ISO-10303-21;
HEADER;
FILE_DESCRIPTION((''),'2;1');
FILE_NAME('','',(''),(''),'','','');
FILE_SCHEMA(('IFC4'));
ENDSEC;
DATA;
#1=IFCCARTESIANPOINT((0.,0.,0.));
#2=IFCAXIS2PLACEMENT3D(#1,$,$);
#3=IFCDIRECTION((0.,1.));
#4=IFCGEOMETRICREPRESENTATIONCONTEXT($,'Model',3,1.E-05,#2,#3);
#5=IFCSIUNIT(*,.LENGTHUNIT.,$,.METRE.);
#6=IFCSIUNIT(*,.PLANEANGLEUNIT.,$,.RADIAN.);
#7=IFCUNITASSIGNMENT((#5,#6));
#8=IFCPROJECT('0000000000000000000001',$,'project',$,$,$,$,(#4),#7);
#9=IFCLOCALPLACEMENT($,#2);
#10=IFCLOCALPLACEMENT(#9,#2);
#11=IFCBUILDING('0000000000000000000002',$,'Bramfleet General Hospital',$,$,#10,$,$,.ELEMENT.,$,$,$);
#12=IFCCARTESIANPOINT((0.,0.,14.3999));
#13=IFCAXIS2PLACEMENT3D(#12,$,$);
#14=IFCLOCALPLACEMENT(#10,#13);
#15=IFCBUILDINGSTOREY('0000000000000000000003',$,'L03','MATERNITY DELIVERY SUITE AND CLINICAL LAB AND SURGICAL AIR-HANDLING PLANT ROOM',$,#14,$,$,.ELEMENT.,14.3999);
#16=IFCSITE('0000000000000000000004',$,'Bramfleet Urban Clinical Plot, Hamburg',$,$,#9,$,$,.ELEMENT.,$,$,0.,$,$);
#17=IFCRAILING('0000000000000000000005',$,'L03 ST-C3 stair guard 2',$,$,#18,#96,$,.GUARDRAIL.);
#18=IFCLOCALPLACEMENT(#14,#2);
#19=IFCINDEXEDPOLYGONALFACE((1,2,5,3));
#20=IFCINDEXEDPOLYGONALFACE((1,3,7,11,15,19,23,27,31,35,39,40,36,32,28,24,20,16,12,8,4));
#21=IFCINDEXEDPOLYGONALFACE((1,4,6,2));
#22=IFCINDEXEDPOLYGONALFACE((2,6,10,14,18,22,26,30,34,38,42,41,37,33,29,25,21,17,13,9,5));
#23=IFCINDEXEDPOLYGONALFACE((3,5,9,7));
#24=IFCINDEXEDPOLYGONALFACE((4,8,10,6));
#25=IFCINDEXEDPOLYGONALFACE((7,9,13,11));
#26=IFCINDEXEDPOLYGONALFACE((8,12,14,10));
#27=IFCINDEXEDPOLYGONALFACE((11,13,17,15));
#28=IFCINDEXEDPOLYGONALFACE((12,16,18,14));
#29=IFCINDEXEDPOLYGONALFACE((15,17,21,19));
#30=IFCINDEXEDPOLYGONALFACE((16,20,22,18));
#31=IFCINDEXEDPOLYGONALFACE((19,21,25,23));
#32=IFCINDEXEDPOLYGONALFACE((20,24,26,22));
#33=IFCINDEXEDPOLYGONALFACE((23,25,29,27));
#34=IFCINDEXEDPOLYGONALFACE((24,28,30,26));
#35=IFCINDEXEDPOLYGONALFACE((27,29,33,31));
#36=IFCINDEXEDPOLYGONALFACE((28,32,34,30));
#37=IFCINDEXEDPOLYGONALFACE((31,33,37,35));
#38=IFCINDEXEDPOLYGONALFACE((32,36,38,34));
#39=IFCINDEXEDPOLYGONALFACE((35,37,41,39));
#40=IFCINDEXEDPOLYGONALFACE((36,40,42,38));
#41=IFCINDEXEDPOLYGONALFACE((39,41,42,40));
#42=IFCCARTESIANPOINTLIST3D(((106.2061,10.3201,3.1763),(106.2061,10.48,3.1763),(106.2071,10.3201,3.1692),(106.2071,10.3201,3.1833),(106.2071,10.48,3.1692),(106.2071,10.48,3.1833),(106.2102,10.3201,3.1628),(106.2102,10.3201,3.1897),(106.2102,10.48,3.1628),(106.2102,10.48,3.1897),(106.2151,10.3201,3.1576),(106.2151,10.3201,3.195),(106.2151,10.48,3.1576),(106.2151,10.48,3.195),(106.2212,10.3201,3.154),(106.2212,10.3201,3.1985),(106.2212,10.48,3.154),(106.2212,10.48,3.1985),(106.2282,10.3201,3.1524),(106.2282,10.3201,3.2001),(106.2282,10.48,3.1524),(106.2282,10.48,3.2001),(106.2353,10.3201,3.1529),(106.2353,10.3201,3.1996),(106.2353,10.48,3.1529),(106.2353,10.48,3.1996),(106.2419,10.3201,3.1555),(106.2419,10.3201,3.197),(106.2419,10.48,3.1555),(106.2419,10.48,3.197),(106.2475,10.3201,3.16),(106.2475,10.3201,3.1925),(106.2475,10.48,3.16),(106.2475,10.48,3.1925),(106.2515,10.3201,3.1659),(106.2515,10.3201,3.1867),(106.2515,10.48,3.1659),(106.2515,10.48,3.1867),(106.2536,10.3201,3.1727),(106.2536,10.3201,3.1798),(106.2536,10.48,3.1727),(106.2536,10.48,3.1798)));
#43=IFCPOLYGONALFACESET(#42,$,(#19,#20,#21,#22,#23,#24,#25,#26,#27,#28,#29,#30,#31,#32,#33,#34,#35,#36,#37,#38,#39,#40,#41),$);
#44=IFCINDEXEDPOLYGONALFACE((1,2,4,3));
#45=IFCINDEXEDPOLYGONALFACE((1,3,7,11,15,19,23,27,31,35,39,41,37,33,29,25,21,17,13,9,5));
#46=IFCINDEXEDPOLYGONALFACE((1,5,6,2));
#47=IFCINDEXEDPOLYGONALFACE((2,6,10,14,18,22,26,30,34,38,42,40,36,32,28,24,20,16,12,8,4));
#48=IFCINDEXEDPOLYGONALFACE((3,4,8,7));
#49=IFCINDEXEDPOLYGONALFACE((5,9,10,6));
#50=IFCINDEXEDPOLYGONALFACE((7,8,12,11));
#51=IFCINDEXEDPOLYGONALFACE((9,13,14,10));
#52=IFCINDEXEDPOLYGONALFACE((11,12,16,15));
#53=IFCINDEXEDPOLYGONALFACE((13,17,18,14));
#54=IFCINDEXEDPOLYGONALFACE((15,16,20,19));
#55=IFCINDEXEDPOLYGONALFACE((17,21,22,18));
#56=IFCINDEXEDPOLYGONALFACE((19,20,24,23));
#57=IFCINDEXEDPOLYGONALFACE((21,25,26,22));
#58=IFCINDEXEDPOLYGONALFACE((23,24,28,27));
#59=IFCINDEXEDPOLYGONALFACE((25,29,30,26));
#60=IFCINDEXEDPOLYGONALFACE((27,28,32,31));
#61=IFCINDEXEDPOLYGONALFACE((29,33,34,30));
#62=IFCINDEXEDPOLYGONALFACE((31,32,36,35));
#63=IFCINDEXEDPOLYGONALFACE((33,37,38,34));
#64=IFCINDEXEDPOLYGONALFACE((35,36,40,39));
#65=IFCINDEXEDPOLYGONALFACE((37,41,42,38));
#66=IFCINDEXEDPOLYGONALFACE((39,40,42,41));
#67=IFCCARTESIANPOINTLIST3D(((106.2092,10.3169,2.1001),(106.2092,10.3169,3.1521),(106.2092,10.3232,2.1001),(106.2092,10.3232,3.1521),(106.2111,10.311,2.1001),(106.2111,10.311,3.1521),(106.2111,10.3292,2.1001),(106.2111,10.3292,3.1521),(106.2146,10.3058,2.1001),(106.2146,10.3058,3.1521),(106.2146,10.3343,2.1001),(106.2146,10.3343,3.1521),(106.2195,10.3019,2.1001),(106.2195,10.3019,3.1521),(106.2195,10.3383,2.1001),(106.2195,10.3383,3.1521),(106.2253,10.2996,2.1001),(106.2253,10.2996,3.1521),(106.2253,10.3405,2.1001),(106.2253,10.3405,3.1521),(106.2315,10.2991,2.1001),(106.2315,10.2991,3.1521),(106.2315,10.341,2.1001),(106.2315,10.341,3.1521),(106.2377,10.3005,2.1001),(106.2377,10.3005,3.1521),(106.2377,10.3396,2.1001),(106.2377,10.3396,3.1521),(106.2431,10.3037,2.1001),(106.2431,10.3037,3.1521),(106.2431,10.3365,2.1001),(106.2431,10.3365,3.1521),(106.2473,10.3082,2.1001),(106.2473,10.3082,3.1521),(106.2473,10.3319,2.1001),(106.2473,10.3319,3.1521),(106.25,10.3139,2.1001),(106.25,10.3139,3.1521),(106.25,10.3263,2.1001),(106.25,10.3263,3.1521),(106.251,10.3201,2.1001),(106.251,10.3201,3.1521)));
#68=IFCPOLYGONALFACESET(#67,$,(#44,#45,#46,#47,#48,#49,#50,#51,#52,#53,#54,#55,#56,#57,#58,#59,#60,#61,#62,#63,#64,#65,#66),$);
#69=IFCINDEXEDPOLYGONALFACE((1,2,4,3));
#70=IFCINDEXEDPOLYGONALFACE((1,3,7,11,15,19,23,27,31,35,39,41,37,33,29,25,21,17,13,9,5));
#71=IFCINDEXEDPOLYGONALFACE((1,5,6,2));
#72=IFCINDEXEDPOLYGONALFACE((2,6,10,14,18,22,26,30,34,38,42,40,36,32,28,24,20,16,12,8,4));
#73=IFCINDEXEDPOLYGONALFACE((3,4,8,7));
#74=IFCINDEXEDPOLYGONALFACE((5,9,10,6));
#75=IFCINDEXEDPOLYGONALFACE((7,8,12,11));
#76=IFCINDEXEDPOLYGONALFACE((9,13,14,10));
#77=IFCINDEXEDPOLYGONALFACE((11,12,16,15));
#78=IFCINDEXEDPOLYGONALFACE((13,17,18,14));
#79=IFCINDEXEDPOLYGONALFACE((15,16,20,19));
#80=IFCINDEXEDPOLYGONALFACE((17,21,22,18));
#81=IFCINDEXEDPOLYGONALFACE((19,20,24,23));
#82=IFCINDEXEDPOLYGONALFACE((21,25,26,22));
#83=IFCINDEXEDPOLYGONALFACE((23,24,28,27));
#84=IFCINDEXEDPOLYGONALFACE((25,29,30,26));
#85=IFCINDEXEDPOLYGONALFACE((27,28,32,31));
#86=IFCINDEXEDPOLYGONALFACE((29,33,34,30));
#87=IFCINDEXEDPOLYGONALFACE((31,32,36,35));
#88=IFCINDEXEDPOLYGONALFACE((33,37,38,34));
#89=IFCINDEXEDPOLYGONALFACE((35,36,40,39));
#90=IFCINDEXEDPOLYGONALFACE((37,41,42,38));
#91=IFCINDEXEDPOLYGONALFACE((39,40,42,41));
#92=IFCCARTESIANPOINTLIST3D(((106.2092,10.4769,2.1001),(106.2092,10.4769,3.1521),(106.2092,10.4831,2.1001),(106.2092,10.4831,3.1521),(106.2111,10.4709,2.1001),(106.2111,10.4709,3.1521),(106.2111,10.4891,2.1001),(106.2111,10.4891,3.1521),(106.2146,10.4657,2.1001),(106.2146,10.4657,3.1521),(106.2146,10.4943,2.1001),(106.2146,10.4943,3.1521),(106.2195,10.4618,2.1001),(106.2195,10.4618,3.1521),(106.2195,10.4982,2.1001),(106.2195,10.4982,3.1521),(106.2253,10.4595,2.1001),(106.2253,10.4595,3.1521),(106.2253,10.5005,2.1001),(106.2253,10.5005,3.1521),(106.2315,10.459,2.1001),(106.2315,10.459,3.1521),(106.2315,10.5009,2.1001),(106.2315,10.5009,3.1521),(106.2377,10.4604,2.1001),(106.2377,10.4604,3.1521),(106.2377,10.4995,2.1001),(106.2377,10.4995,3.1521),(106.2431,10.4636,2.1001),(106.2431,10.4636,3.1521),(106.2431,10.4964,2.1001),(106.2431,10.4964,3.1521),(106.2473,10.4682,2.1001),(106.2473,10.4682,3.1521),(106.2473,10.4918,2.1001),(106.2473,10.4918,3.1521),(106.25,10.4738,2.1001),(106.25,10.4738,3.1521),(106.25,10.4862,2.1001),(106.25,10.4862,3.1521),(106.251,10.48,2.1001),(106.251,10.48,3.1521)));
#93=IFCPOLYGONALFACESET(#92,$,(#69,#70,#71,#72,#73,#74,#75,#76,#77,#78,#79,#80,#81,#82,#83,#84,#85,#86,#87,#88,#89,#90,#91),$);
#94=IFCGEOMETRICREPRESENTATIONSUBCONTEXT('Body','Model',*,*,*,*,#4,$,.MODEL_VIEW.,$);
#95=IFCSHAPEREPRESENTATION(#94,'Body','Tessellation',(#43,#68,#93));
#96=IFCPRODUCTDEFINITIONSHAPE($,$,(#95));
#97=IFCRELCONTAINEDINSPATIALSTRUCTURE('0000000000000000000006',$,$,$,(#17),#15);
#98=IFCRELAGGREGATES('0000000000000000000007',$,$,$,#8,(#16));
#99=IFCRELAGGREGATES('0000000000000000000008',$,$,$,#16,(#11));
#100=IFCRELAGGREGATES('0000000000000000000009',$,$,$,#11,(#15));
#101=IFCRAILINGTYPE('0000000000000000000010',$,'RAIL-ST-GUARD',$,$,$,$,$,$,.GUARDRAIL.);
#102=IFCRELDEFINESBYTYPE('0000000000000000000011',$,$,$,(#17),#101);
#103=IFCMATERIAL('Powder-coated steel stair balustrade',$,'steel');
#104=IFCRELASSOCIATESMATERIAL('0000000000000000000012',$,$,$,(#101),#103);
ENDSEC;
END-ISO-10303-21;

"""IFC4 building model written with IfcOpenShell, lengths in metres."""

from ifc_helpers import new_model, si_unit, direction, frame, origin, origin_2d, place, context, subcontext, project, spatial, circle, extrude, material, type_object, element, save


model = new_model("IFC4")

# Units and contexts
model_context = context("Model", 3, precision=1e-05, world=origin(), true_north=direction((0.0, 1.0)))
body_context = subcontext(model_context, "Body", "Model", "MODEL_VIEW")
ifc_project = project(units=[si_unit("LENGTHUNIT", "METRE"), si_unit("PLANEANGLEUNIT", "RADIAN")], contexts=[model_context])

# Site, building, storey
site_placement = place(None, origin())
site = spatial("IfcSite", under=ifc_project, at=site_placement, Name="Bramfleet Urban Clinical Plot, Hamburg", CompositionType="ELEMENT", RefElevation=0.0)
building_placement = place(site_placement, origin())
building = spatial("IfcBuilding", under=site, at=building_placement, Name="Bramfleet General Hospital", CompositionType="ELEMENT")
storey_placement = place(building_placement, frame((0.0, 0.0, 14.3999)))
storey = spatial("IfcBuildingStorey", under=building, at=storey_placement, Name="L03", Description="MATERNITY DELIVERY SUITE AND CLINICAL LAB AND SURGICAL AIR-HANDLING PLANT ROOM", CompositionType="ELEMENT", Elevation=14.3999)

# Railing
ifc_material_1 = material(Name="Powder-coated steel stair balustrade", Category="steel")
railing_type_1 = type_object("IfcRailingType", Name="RAIL-ST-GUARD", PredefinedType="GUARDRAIL", material=ifc_material_1)
railing_1_placement = place(storey_placement, frame((106.23, 10.3201, 2.1001)))
element("IfcRailing", 1, at=railing_1_placement, inside=storey, type_object=railing_type_1, Name="L03 ST-C3 stair guard 2", PredefinedType="GUARDRAIL", context=body_context, shape_type="SweptSolid", body=[
    extrude(circle(Radius=0.0239, at=origin_2d()), frame((0.0, 0.0, 1.0762), z_axis=(0.0, 1.0, 0.0), x_axis=(-1.0, 0.0, 0.0)), (0.0, 0.0, 1.0), 0.1599),
    extrude(circle(Radius=0.021, at=origin_2d()), origin(), (0.0, 0.0, 1.0), 1.052),
    extrude(circle(Radius=0.021, at=origin_2d()), frame((0.0, 0.1599, 0.0)), (0.0, 0.0, 1.0), 1.052),
])

save(model, "model.ifc")
